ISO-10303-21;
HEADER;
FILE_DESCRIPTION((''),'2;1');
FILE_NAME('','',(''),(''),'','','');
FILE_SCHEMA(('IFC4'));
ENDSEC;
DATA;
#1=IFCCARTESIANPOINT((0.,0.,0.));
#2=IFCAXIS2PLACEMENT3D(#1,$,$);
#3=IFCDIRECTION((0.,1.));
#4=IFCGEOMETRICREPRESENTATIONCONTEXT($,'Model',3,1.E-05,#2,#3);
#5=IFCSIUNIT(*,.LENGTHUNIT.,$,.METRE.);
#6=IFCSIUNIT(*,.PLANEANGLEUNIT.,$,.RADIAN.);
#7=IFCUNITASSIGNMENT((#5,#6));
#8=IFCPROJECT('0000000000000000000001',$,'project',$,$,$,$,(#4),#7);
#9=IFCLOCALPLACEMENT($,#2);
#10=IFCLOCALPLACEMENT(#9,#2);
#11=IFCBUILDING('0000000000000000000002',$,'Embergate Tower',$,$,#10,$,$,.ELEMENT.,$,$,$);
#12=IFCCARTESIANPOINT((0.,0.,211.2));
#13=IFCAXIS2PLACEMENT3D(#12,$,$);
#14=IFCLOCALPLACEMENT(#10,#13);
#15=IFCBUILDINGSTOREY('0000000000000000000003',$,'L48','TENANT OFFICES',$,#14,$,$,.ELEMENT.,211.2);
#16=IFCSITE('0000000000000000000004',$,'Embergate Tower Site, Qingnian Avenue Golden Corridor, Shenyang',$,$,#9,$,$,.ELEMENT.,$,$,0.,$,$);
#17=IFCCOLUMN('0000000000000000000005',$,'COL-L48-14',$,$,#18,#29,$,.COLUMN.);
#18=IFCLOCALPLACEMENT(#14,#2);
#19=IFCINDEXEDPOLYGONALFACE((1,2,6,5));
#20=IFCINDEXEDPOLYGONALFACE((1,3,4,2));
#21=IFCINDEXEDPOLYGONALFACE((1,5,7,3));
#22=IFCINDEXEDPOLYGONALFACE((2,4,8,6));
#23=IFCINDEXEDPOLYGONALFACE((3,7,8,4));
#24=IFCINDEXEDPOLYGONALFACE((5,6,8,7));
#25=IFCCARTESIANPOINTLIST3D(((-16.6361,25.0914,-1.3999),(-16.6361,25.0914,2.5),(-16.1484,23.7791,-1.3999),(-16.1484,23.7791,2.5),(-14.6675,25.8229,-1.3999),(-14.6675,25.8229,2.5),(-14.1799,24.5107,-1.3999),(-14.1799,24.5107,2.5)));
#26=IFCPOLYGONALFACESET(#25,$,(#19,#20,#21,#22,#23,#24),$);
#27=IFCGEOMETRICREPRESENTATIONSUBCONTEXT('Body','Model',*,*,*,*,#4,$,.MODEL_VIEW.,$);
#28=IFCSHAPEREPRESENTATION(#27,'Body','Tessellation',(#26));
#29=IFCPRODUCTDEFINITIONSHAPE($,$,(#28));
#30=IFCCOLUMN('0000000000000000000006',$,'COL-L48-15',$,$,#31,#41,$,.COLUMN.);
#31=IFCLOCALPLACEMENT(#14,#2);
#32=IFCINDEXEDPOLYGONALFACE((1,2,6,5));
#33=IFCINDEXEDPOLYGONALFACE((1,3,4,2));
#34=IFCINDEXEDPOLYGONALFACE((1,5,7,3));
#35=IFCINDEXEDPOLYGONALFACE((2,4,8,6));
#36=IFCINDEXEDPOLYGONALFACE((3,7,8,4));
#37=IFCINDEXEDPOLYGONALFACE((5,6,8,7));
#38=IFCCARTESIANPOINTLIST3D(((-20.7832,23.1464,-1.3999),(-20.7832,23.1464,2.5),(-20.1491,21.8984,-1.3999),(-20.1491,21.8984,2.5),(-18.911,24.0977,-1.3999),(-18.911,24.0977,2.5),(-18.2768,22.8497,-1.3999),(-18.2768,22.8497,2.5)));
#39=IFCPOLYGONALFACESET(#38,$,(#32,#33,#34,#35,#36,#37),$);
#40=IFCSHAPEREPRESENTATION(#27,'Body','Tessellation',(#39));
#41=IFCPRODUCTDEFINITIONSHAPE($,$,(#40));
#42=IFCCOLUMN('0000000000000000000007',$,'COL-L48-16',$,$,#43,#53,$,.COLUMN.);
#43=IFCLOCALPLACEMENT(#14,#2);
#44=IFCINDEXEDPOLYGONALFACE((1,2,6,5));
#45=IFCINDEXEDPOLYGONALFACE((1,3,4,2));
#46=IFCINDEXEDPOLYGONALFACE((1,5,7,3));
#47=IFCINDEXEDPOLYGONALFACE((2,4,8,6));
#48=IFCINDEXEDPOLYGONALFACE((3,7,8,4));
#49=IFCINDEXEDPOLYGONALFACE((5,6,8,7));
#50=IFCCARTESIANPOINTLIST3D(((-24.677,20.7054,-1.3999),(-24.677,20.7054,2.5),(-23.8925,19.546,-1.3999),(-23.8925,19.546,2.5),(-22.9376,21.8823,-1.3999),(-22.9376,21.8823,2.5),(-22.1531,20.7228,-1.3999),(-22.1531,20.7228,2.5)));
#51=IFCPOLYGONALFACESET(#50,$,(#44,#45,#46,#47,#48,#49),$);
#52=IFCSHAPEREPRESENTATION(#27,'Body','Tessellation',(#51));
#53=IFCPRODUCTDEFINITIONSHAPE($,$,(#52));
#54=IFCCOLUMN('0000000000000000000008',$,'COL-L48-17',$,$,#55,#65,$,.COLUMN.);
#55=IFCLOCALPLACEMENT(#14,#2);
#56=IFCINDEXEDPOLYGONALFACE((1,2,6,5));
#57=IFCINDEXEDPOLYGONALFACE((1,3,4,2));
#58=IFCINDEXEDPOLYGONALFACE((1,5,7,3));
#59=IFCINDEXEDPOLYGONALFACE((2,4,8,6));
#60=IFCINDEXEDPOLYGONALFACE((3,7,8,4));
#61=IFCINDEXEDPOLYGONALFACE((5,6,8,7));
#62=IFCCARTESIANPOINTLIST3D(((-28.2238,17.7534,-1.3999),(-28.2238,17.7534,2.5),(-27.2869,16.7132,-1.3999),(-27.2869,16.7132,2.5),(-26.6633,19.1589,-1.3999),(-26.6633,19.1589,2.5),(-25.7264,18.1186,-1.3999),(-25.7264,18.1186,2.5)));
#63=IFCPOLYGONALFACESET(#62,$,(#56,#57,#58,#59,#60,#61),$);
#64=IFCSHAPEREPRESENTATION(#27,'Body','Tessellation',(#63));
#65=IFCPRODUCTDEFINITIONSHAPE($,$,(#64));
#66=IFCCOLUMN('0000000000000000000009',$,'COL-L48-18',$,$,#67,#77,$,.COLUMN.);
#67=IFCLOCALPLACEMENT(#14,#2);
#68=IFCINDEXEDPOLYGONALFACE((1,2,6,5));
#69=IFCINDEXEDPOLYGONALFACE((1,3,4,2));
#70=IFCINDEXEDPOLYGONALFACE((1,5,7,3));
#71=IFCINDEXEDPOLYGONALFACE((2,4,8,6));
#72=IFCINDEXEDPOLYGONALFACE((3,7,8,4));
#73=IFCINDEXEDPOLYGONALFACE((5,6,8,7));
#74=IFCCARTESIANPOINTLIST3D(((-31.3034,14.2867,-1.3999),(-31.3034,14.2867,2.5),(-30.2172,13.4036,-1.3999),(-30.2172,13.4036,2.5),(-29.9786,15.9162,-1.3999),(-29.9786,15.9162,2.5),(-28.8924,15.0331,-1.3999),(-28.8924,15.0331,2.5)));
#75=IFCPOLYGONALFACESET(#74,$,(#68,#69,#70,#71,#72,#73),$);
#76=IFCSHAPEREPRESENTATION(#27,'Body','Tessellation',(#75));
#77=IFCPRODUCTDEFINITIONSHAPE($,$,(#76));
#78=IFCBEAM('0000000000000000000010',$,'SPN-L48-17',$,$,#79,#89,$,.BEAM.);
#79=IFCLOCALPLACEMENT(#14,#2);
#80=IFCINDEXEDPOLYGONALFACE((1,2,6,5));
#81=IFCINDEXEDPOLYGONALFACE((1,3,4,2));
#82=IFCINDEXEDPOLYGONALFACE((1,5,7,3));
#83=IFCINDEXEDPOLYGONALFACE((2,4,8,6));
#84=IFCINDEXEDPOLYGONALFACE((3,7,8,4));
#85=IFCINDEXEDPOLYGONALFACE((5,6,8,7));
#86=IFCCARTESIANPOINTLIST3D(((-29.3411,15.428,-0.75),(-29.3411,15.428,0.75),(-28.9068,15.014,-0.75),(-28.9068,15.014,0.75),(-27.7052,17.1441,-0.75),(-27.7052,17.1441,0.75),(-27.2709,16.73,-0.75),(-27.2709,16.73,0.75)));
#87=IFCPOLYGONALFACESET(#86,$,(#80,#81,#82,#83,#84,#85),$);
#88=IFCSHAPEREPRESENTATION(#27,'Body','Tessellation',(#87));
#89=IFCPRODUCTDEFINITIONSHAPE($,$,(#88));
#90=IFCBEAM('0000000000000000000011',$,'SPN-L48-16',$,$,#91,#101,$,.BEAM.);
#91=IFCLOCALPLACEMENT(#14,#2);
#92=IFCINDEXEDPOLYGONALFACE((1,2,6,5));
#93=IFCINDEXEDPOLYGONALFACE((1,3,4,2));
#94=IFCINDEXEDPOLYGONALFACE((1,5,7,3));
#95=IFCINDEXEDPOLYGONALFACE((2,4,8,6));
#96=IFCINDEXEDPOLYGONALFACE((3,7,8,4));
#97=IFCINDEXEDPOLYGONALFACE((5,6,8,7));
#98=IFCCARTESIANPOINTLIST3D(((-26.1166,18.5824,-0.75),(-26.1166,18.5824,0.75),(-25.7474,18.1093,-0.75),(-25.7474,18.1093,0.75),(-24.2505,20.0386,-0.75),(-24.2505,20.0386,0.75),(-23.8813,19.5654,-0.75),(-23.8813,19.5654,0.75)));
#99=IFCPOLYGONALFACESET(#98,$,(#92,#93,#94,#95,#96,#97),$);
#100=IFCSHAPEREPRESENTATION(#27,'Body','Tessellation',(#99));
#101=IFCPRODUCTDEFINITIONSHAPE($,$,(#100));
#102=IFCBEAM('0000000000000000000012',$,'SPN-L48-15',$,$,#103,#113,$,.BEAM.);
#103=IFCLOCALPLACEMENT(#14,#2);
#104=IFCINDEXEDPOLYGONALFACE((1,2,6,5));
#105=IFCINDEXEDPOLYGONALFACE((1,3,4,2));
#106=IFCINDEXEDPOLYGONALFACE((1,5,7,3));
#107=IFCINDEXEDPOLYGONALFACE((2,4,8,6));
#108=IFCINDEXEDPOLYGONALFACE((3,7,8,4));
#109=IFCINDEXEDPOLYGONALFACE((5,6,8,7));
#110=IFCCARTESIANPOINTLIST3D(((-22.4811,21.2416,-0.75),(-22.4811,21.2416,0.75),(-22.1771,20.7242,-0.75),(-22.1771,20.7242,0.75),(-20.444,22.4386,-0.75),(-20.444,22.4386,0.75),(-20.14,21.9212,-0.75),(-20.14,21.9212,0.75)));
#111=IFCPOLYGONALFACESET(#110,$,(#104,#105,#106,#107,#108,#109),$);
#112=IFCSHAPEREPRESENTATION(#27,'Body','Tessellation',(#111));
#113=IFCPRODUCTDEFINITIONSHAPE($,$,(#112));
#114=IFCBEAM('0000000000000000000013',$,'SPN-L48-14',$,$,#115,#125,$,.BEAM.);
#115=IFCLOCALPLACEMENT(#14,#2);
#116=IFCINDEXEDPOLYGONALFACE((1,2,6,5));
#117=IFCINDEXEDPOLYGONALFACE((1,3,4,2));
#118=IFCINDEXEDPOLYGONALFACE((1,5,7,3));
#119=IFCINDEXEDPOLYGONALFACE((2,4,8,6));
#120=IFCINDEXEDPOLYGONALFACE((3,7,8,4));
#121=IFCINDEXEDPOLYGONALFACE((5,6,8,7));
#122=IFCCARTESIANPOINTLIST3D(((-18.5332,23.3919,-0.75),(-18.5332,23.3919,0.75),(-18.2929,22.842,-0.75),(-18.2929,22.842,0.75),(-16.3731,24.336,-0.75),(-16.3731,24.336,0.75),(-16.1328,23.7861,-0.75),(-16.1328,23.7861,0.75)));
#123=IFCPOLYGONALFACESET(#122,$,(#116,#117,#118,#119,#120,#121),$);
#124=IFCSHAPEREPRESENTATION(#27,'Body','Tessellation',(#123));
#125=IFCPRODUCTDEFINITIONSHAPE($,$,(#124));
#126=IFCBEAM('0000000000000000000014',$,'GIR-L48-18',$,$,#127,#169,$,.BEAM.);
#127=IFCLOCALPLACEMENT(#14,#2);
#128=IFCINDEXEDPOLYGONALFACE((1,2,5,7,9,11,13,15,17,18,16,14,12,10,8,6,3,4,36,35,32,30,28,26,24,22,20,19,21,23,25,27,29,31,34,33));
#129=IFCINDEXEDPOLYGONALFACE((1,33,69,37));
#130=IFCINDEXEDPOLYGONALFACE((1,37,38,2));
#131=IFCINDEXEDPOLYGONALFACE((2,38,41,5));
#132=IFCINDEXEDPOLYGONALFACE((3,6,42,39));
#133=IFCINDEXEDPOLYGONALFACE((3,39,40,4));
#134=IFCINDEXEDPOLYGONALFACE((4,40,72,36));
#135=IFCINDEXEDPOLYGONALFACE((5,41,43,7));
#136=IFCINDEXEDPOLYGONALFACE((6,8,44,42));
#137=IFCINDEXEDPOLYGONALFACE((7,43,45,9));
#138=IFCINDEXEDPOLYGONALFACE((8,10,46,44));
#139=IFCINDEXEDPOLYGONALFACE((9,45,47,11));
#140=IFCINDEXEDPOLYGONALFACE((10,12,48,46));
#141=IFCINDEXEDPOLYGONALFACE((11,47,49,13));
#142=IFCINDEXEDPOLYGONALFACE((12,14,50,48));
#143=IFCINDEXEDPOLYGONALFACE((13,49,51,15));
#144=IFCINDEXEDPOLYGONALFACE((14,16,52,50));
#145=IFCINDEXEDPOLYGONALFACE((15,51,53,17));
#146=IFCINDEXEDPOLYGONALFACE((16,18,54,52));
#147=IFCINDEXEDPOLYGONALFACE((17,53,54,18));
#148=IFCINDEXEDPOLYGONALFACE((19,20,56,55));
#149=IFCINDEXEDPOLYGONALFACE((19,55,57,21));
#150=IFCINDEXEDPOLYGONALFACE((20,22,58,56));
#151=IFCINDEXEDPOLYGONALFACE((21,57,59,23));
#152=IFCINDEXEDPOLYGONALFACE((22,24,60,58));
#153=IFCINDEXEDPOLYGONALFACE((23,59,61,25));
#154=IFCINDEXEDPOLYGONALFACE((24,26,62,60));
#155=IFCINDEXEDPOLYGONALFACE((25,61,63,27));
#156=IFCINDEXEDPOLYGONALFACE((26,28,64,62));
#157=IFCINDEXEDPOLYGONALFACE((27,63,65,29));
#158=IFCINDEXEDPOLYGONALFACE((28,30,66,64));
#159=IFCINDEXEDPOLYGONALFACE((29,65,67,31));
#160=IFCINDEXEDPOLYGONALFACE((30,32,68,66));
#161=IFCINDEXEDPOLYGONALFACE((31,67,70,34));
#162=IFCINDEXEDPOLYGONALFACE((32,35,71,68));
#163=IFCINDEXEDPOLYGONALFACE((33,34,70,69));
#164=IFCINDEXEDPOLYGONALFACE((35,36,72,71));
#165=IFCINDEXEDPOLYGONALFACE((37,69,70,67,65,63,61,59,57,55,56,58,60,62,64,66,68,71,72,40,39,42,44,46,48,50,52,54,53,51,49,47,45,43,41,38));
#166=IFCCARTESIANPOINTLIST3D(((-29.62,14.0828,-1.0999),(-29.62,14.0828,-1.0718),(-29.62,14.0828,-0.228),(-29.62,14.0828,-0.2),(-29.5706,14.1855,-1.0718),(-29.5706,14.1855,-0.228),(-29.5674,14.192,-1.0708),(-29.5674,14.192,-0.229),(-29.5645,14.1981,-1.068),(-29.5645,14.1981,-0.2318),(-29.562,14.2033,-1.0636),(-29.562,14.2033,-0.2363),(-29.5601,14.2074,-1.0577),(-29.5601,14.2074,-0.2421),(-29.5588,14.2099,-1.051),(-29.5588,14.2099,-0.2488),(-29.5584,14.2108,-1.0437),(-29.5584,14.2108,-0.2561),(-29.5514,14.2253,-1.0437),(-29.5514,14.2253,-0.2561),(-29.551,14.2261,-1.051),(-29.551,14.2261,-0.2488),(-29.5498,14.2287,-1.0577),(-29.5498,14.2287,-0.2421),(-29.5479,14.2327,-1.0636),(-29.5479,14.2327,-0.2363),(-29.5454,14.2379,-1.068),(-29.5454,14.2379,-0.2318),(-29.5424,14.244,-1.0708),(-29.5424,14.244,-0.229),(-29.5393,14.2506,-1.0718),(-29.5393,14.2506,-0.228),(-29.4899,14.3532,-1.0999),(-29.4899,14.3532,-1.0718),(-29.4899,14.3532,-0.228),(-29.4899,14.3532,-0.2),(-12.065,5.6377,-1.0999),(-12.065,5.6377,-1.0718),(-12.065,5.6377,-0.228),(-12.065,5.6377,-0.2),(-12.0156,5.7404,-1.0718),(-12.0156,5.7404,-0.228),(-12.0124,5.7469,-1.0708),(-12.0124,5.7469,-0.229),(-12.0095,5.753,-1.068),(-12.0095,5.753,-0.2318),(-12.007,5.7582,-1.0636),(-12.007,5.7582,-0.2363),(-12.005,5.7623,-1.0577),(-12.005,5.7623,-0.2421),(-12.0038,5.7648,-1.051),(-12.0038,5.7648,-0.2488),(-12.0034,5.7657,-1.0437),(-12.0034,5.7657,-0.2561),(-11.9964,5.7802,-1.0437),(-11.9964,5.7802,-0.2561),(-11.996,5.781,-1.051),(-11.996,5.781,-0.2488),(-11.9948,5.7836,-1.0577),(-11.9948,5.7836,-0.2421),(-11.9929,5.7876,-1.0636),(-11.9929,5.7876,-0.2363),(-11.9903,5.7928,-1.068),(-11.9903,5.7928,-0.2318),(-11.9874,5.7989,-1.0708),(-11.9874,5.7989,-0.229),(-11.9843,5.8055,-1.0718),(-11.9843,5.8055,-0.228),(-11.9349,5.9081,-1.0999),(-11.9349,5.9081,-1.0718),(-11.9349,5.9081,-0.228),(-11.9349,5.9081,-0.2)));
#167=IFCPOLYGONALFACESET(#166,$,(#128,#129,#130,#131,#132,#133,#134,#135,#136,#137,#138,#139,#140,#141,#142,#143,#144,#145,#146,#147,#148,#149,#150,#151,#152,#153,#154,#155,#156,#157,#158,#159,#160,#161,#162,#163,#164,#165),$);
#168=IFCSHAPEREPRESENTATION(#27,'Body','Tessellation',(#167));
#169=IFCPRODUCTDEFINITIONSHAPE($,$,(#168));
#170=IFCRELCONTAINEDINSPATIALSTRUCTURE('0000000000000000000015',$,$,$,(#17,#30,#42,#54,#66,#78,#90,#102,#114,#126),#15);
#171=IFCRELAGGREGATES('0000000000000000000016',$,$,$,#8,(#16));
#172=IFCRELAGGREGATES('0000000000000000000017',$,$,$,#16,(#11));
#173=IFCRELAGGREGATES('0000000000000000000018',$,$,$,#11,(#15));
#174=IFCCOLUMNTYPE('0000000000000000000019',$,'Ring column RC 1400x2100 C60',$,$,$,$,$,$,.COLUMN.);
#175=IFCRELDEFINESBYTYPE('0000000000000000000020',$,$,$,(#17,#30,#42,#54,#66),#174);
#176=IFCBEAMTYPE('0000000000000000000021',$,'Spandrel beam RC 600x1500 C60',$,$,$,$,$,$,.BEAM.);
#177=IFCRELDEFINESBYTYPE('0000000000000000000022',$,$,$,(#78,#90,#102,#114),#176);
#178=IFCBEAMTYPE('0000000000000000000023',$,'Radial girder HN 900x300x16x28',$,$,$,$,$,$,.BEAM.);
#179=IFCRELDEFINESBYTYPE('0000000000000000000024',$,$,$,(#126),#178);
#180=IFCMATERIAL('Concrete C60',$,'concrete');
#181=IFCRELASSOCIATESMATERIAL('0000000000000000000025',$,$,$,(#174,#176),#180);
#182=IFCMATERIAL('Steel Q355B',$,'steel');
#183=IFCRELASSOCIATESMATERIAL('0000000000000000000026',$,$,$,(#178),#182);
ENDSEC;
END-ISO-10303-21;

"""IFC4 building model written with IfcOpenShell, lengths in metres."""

from ifc_helpers import new_model, si_unit, direction, frame, origin, origin_2d, place, context, subcontext, project, spatial, rectangle, i_section, extrude, source, transform, mapped, material, material_profile, profile_set, type_object, element, save


model = new_model("IFC4")

# Units and contexts
model_context = context("Model", 3, precision=1e-05, world=origin(), true_north=direction((0.0, 1.0)))
body_context = subcontext(model_context, "Body", "Model", "MODEL_VIEW")
ifc_project = project(units=[si_unit("LENGTHUNIT", "METRE"), si_unit("PLANEANGLEUNIT", "RADIAN")], contexts=[model_context])

# Site, building, storey
site_placement = place(None, origin())
site = spatial("IfcSite", under=ifc_project, at=site_placement, Name="Embergate Tower Site, Qingnian Avenue Golden Corridor, Shenyang", CompositionType="ELEMENT", RefElevation=0.0)
building_placement = place(site_placement, origin())
building = spatial("IfcBuilding", under=site, at=building_placement, Name="Embergate Tower", CompositionType="ELEMENT")
storey_placement = place(building_placement, frame((0.0, 0.0, 211.2)))
storey = spatial("IfcBuildingStorey", under=building, at=storey_placement, Name="L48", Description="TENANT OFFICES", CompositionType="ELEMENT", Elevation=211.2)

# Columns
ifc_material_1 = material(Name="Concrete C60", Category="concrete")
ifc_material_profile_1 = material_profile(ifc_material_1, rectangle(XDim=1.3999, YDim=2.1001, at=origin_2d()), Name="RC 1400x2100")
ifc_profile_set_1 = profile_set([ifc_material_profile_1], Name="Concrete C60")
column_type = type_object("IfcColumnType", Name="Ring column RC 1400x2100 C60", PredefinedType="COLUMN", material=ifc_profile_set_1)
shared_shape_1 = source(origin(), body_context, "Body", "SweptSolid", [
    extrude(rectangle(XDim=1.3999, YDim=2.1001, at=origin_2d()), origin(), (0.0, 0.0, 1.0), 3.8999),
])
for number, where, z_axis, x_axis, name in (
    (1, (-15.408, 24.801, -1.3999), (0.0, 0.0, 1.0), (-0.348343, 0.937367, 0.0), "COL-L48-14"),
    (2, (-19.53, 22.998, -1.3999), (0.0, 0.0, 1.0), (-0.453011, 0.891505, 0.0), "COL-L48-15"),
    (3, (-23.415, 20.7141, -1.3999), (0.0, 0.0, 1.0), (-0.560393, 0.828227, 0.0), "COL-L48-16"),
    (4, (-26.9751, 17.936, -1.3999), (0.0, 0.0, 1.0), (-0.669221, 0.743063, 0.0), "COL-L48-17"),
    (5, (-30.0979, 14.6599, -1.3999), (0.0, 0.0, 1.0), (-0.775925, 0.630825, 0.0), "COL-L48-18"),
):
    element("IfcColumn", number, at=place(storey_placement, frame(where, z_axis=z_axis, x_axis=x_axis)), inside=storey, type_object=column_type, Name=name, PredefinedType="COLUMN", context=body_context, shape_type="MappedRepresentation", body=[
        mapped(shared_shape_1, transform((0.0, 0.0, 0.0))),
    ])

# Beams
ifc_material_profile_2 = material_profile(ifc_material_1, rectangle(XDim=0.6001, YDim=1.5, at=origin_2d()), Name="RC 600x1500")
ifc_profile_set_2 = profile_set([ifc_material_profile_2], Name="Concrete C60")
beam_type_1 = type_object("IfcBeamType", Name="Spandrel beam RC 600x1500 C60", PredefinedType="BEAM", material=ifc_profile_set_2)
shared_shape_2 = source(origin(), body_context, "Body", "SweptSolid", [
    extrude(rectangle(XDim=0.6001, YDim=1.5, at=origin_2d()), origin(), (0.0, 0.0, 1.0), 2.3708),
])
beam_1_placement = place(storey_placement, frame((-27.488, 16.937, 0.0), z_axis=(-0.690018, -0.723793, 0.0), x_axis=(0.723793, -0.690018, 0.0)))
element("IfcBeam", 6, at=beam_1_placement, inside=storey, type_object=beam_type_1, Name="SPN-L48-17", PredefinedType="BEAM", context=body_context, shape_type="MappedRepresentation", body=[
    mapped(shared_shape_2, transform((0.0, 0.0, 0.0))),
])
shared_shape_3 = source(origin(), body_context, "Body", "SweptSolid", [
    extrude(rectangle(XDim=0.6001, YDim=1.5, at=origin_2d()), origin(), (0.0, 0.0, 1.0), 2.3669),
])
beam_2_placement = place(storey_placement, frame((-24.0659, 19.802, 0.0), z_axis=(-0.788379, -0.61519, 0.0), x_axis=(0.61519, -0.788379, 0.0)))
element("IfcBeam", 7, at=beam_2_placement, inside=storey, type_object=beam_type_1, Name="SPN-L48-16", PredefinedType="BEAM", context=body_context, shape_type="MappedRepresentation", body=[
    mapped(shared_shape_3, transform((0.0, 0.0, 0.0))),
])
shared_shape_4 = source(origin(), body_context, "Body", "SweptSolid", [
    extrude(rectangle(XDim=0.6001, YDim=1.5, at=origin_2d()), origin(), (0.0, 0.0, 1.0), 2.3628),
])
beam_3_placement = place(storey_placement, frame((-20.292, 22.1799, 0.0), z_axis=(-0.862171, -0.506618, 0.0), x_axis=(0.506618, -0.862171, 0.0)))
element("IfcBeam", 8, at=beam_3_placement, inside=storey, type_object=beam_type_1, Name="SPN-L48-15", PredefinedType="BEAM", context=body_context, shape_type="MappedRepresentation", body=[
    mapped(shared_shape_4, transform((0.0, 0.0, 0.0))),
])
shared_shape_5 = source(origin(), body_context, "Body", "SweptSolid", [
    extrude(rectangle(XDim=0.6001, YDim=1.5, at=origin_2d()), origin(), (0.0, 0.0, 1.0), 2.3574),
])
beam_4_placement = place(storey_placement, frame((-16.2529, 24.061, 0.0), z_axis=(-0.916309, -0.400471, 0.0), x_axis=(0.400471, -0.916309, 0.0)))
element("IfcBeam", 9, at=beam_4_placement, inside=storey, type_object=beam_type_1, Name="SPN-L48-14", PredefinedType="BEAM", context=body_context, shape_type="MappedRepresentation", body=[
    mapped(shared_shape_5, transform((0.0, 0.0, 0.0))),
])
ifc_material_2 = material(Name="Steel Q355B", Category="steel")
ifc_material_profile_3 = material_profile(ifc_material_2, i_section(OverallWidth=0.3, OverallDepth=0.8999, WebThickness=0.0161, FlangeThickness=0.0281, FilletRadius=0.0281, at=origin_2d()), Name="HN 900x300x16x28")
ifc_profile_set_3 = profile_set([ifc_material_profile_3], Name="Steel Q355 grade B")
beam_type_2 = type_object("IfcBeamType", Name="Radial girder HN 900x300x16x28", PredefinedType="BEAM", material=ifc_profile_set_3)
shared_shape_6 = source(origin(), body_context, "Body", "SweptSolid", [
    extrude(i_section(OverallWidth=0.3, OverallDepth=0.8999, WebThickness=0.0161, FlangeThickness=0.0281, FilletRadius=0.0281, at=origin_2d()), origin(), (0.0, 0.0, 1.0), 19.4807),
])
beam_5_placement = place(storey_placement, frame((-29.5549, 14.218, -0.6499), z_axis=(0.901148, -0.433511, 0.0), x_axis=(0.433511, 0.901148, 0.0)))
element("IfcBeam", 10, at=beam_5_placement, inside=storey, type_object=beam_type_2, Name="GIR-L48-18", PredefinedType="BEAM", context=body_context, shape_type="MappedRepresentation", body=[
    mapped(shared_shape_6, transform((0.0, 0.0, 0.0))),
])

save(model, "model.ifc")
